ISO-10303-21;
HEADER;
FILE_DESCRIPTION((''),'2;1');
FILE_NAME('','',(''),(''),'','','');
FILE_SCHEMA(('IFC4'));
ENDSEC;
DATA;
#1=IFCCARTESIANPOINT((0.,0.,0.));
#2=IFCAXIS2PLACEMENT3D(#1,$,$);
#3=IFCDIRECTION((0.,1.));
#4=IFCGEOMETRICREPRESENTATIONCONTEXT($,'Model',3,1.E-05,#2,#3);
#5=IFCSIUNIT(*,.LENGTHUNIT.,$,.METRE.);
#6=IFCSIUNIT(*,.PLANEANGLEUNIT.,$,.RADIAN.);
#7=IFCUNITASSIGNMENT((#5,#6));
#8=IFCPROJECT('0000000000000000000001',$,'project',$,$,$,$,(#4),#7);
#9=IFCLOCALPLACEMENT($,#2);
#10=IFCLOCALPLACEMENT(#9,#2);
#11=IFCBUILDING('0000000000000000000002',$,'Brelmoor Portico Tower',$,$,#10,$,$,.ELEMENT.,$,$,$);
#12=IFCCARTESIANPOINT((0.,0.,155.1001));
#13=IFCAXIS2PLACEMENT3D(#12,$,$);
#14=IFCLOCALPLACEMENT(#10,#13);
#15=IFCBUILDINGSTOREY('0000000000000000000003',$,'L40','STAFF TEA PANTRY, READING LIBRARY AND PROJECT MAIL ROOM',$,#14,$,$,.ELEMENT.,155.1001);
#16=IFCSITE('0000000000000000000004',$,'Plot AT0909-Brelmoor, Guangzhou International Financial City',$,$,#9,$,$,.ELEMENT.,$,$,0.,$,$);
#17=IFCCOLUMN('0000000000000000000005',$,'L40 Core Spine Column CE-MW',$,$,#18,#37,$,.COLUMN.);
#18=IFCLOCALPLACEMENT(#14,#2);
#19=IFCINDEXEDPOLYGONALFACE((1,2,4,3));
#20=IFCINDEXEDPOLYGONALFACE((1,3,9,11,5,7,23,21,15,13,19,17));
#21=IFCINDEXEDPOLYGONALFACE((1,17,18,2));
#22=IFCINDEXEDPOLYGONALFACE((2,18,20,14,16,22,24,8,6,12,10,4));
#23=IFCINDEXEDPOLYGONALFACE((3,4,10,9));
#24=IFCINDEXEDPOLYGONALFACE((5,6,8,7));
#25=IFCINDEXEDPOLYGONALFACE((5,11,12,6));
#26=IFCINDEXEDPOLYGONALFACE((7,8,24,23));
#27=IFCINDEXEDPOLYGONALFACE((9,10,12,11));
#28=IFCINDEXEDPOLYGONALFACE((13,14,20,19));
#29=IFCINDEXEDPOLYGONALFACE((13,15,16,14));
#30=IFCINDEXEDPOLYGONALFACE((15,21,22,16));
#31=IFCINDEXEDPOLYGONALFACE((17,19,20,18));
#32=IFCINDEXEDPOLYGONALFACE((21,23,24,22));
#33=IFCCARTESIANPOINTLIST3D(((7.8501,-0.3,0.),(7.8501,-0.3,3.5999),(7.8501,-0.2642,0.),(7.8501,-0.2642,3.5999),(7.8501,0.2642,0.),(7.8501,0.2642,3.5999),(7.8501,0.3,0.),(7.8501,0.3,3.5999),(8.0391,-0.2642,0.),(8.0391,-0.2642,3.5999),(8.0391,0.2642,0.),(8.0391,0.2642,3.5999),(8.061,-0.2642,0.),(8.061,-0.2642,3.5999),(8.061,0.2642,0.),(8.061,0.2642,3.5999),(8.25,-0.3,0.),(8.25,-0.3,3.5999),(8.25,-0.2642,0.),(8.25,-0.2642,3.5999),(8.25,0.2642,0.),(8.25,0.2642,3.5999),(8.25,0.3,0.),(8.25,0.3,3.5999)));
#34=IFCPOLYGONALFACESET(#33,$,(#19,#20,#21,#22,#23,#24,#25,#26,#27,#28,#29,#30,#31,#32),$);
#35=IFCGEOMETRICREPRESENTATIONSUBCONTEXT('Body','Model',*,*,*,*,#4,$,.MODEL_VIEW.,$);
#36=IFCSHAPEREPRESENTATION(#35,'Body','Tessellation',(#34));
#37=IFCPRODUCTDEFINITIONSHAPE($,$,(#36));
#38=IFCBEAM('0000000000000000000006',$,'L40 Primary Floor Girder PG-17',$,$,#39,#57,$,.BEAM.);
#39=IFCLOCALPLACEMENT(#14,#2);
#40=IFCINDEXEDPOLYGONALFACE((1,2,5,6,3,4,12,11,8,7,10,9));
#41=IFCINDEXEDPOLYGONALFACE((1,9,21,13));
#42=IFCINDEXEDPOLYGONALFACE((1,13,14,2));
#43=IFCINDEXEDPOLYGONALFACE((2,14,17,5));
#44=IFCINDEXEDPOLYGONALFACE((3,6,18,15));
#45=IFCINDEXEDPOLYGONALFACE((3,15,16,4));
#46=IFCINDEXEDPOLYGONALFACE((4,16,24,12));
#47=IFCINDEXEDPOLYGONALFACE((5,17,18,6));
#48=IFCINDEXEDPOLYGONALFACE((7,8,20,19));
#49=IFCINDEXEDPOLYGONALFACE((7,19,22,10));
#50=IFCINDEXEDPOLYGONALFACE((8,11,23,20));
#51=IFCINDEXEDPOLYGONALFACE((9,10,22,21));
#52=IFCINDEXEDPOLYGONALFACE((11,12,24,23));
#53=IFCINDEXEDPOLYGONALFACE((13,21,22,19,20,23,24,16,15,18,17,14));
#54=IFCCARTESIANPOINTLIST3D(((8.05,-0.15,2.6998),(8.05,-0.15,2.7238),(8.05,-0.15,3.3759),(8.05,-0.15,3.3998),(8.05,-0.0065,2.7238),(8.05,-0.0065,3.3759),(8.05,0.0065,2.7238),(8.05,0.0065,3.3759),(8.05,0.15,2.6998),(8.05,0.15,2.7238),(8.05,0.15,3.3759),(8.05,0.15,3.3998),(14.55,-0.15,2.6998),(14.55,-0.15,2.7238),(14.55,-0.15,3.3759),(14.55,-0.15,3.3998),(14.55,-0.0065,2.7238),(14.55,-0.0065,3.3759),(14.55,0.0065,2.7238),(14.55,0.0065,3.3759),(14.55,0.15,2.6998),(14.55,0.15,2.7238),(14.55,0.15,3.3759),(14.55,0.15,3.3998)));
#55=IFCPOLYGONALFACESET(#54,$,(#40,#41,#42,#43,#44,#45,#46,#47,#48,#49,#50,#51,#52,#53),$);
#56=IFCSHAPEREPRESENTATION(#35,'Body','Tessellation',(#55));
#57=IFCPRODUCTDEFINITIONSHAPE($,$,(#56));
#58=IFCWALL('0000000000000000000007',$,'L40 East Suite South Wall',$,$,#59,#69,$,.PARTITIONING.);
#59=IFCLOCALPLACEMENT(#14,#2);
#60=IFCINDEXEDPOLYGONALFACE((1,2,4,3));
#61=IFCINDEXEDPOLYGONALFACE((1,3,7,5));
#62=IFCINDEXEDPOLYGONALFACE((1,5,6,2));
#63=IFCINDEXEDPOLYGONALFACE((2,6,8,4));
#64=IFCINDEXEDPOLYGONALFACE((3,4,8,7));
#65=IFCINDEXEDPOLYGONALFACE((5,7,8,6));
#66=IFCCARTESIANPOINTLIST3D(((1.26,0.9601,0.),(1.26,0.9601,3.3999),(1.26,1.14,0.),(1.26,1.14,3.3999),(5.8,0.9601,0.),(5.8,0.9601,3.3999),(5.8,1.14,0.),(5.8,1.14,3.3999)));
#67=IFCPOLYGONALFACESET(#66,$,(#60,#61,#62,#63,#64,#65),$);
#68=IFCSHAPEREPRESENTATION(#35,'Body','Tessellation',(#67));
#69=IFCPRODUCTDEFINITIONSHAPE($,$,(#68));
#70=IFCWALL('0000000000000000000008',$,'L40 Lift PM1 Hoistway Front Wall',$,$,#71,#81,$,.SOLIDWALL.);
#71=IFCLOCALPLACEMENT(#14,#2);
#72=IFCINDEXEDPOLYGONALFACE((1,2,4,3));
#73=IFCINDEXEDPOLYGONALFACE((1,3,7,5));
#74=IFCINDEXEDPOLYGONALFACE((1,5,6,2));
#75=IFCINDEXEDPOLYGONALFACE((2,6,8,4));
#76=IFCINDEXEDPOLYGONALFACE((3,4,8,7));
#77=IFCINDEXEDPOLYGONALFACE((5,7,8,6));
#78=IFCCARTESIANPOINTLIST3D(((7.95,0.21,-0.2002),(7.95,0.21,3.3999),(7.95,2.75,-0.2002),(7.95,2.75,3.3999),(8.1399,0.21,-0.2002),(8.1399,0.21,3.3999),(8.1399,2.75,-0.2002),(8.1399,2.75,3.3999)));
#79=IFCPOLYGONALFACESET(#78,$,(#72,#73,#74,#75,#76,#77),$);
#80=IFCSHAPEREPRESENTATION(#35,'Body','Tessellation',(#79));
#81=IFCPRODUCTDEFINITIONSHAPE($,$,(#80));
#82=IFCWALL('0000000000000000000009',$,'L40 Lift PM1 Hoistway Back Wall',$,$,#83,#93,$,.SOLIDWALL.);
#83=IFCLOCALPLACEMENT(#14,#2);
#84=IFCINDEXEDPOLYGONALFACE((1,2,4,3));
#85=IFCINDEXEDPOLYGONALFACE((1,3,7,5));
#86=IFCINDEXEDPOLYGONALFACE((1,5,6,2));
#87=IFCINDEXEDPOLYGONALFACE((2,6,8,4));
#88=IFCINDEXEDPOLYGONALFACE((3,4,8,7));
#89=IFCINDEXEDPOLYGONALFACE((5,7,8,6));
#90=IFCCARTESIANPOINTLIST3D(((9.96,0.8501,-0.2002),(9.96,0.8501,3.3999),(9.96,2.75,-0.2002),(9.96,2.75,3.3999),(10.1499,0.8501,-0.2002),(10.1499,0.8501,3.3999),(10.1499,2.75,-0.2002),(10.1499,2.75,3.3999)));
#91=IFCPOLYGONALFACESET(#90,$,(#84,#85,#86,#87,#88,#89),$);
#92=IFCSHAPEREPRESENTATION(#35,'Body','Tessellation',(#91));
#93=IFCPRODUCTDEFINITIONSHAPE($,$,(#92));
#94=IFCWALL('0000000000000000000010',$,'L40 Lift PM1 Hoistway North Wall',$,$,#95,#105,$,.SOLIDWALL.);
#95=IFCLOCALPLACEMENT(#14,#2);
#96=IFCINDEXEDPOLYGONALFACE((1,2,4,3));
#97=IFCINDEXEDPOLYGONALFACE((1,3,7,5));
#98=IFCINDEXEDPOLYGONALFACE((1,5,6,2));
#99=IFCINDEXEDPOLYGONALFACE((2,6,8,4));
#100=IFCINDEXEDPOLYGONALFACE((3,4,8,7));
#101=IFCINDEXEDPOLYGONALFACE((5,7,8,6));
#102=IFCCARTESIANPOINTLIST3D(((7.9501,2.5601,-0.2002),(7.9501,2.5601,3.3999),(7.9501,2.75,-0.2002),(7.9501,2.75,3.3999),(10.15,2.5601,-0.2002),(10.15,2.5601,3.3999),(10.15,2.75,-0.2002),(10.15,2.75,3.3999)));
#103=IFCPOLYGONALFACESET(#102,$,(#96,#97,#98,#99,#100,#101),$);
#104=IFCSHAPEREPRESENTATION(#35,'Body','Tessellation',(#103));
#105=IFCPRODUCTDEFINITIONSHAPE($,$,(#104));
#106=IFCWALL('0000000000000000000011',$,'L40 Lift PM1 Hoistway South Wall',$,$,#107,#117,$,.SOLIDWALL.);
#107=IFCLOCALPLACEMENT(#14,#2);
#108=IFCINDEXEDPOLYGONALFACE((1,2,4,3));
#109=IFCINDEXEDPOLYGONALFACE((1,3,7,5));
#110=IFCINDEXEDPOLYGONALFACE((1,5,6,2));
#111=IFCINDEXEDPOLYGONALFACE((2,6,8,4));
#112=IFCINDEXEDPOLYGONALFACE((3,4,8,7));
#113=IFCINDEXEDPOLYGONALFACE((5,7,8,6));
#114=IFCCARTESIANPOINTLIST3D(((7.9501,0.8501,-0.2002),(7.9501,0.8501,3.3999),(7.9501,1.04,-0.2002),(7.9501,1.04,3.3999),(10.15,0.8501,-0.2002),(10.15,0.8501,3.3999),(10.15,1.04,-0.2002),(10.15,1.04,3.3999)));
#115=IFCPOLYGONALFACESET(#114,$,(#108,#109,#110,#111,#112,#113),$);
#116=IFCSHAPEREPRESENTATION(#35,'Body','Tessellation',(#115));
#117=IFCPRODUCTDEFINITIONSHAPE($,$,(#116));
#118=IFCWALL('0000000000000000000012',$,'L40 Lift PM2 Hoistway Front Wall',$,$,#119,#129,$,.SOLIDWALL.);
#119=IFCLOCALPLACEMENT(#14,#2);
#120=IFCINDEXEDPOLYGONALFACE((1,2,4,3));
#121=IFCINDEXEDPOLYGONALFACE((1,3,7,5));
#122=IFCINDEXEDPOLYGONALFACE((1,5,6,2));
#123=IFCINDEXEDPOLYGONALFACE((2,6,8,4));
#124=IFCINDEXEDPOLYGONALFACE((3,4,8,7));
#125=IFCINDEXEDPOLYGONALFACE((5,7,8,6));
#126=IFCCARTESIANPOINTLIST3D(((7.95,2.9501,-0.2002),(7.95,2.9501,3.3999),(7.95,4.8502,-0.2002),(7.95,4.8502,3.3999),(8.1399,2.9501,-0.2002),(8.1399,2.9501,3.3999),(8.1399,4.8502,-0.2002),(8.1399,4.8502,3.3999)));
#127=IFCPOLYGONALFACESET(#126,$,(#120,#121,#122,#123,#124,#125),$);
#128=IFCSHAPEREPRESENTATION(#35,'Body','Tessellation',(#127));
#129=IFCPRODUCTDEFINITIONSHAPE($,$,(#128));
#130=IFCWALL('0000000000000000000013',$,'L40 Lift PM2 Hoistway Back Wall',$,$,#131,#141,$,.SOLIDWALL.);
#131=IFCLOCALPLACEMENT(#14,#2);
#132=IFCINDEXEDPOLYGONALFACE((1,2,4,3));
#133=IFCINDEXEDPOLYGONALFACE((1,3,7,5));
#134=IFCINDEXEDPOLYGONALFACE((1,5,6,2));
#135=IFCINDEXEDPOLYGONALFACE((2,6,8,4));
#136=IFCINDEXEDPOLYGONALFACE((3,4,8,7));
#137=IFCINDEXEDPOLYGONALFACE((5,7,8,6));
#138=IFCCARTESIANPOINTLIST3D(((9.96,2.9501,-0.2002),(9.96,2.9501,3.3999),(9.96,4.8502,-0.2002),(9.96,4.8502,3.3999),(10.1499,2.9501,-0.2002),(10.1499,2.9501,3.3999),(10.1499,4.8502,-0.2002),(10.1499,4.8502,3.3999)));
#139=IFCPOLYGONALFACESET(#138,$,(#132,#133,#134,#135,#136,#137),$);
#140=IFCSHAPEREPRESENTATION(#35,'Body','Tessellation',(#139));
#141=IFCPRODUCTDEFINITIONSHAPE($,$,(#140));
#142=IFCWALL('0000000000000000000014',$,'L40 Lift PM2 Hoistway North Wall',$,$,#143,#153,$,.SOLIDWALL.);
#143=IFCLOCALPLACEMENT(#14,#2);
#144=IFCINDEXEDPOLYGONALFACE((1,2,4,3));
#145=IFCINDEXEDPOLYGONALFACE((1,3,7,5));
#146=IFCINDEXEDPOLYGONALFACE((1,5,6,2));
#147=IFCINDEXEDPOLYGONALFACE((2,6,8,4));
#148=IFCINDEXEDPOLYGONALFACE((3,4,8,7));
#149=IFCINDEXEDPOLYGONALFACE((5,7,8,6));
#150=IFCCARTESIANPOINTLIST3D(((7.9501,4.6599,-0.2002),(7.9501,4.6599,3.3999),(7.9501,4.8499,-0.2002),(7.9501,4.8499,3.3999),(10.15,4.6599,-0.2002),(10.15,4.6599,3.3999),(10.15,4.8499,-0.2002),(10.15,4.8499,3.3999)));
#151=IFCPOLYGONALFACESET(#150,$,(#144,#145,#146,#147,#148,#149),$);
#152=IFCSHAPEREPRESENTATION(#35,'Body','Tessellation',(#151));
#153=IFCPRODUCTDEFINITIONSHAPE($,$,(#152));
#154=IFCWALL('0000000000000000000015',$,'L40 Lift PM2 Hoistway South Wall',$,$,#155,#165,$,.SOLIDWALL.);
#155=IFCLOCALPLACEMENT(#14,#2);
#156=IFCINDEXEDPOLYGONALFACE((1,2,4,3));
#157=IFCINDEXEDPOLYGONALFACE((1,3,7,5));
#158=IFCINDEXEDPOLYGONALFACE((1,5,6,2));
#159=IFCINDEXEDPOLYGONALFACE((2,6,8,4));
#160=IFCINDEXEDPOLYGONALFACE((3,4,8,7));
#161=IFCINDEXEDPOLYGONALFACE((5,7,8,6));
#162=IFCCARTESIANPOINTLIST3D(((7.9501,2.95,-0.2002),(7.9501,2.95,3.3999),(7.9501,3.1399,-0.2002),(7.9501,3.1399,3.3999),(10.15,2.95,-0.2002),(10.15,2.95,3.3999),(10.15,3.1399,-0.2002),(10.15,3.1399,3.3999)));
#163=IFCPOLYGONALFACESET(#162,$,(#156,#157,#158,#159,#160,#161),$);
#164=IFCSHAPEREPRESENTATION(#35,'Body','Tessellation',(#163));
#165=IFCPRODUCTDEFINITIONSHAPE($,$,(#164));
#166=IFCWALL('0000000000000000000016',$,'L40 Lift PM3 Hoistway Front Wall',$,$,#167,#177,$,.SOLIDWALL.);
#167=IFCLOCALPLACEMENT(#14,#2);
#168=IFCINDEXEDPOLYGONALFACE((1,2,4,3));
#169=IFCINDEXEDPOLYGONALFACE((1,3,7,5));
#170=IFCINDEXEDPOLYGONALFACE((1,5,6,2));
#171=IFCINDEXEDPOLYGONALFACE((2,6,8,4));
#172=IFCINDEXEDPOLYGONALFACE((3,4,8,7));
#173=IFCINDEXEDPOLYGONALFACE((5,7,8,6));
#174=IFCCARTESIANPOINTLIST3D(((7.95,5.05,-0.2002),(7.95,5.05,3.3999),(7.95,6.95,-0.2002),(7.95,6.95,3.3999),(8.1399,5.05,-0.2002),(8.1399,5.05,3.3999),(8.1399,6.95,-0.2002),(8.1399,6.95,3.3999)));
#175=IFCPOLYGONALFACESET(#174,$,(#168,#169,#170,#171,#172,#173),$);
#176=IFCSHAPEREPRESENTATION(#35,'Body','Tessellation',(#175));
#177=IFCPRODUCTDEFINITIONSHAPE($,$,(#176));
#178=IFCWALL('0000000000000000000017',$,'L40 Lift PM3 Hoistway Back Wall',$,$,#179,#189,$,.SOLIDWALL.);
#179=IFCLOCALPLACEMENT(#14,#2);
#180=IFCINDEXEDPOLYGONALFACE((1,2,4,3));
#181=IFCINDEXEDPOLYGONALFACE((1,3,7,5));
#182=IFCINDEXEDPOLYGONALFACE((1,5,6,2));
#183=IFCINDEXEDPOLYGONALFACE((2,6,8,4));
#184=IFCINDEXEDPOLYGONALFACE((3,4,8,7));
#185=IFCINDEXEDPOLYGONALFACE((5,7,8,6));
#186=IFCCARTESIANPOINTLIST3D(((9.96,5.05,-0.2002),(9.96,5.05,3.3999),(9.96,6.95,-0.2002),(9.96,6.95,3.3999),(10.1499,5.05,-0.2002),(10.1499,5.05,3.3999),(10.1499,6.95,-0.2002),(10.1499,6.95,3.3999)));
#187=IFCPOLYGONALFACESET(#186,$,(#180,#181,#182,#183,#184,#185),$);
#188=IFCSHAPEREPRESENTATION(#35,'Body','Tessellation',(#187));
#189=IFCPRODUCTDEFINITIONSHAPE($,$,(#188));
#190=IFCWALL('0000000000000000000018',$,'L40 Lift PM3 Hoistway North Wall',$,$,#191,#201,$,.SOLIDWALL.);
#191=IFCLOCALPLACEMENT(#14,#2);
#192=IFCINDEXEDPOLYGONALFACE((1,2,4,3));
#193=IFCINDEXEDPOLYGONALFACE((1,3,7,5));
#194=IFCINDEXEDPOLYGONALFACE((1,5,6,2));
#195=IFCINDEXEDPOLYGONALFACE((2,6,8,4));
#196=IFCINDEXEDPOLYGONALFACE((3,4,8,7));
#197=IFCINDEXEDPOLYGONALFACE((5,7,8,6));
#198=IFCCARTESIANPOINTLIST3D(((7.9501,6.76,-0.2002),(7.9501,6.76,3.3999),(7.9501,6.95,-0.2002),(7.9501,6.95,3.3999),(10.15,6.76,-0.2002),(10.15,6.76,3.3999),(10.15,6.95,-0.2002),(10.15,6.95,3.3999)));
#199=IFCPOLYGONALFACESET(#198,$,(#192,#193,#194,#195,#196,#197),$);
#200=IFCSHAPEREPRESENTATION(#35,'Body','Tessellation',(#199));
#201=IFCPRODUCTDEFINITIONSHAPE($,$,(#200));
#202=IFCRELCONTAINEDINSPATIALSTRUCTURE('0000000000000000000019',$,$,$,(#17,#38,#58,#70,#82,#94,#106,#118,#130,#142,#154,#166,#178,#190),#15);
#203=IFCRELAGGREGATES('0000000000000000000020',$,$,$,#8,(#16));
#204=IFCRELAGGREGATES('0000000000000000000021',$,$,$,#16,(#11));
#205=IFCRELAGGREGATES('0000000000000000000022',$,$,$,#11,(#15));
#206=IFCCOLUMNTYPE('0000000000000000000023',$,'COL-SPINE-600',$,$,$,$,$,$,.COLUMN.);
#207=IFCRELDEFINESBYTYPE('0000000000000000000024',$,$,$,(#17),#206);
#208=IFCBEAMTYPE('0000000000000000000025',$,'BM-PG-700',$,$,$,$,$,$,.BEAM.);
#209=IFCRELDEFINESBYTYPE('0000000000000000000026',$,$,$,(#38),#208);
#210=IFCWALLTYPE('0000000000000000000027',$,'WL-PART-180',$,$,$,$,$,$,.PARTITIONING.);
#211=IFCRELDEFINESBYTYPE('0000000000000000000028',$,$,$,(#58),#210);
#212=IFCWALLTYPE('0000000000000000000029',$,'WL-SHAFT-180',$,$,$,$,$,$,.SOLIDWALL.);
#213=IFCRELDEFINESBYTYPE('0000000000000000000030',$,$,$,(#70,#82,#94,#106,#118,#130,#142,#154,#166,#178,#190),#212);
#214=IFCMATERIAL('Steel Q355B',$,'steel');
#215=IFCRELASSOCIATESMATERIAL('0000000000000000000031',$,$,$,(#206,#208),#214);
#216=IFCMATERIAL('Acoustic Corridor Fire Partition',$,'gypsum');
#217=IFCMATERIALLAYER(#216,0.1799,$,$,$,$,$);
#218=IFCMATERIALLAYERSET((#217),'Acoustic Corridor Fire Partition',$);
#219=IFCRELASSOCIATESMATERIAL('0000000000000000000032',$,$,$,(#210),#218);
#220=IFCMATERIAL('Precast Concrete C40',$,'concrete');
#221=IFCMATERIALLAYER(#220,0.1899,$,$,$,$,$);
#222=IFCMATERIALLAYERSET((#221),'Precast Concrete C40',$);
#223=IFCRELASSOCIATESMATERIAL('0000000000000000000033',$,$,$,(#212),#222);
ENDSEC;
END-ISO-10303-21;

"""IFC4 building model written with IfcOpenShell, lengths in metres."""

from ifc_helpers import new_model, si_unit, direction, frame, frame_2d, origin, origin_2d, place, context, subcontext, project, spatial, rectangle, i_section, extrude, material, layer, layer_set, material_profile, profile_set, type_object, element, save


model = new_model("IFC4")

# Units and contexts
model_context = context("Model", 3, precision=1e-05, world=origin(), true_north=direction((0.0, 1.0)))
body_context = subcontext(model_context, "Body", "Model", "MODEL_VIEW")
ifc_project = project(units=[si_unit("LENGTHUNIT", "METRE"), si_unit("PLANEANGLEUNIT", "RADIAN")], contexts=[model_context])

# Site, building, storey
site_placement = place(None, origin())
site = spatial("IfcSite", under=ifc_project, at=site_placement, Name="Plot AT0909-Brelmoor, Guangzhou International Financial City", CompositionType="ELEMENT", RefElevation=0.0)
building_placement = place(site_placement, origin())
building = spatial("IfcBuilding", under=site, at=building_placement, Name="Brelmoor Portico Tower", CompositionType="ELEMENT")
storey_placement = place(building_placement, frame((0.0, 0.0, 155.1001)))
storey = spatial("IfcBuildingStorey", under=building, at=storey_placement, Name="L40", Description="STAFF TEA PANTRY, READING LIBRARY AND PROJECT MAIL ROOM", CompositionType="ELEMENT", Elevation=155.1001)

# Column
ifc_material_1 = material(Name="Steel Q355B", Category="steel")
ifc_material_profile_1 = material_profile(ifc_material_1, i_section(OverallWidth=0.3999, OverallDepth=0.6001, WebThickness=0.022, FlangeThickness=0.0359, at=origin_2d()), Name="HW 600x400x22x36")
ifc_profile_set_1 = profile_set([ifc_material_profile_1], Name="Steel Q355B")
column_type = type_object("IfcColumnType", Name="COL-SPINE-600", PredefinedType="COLUMN", material=ifc_profile_set_1)
column_placement = place(storey_placement, frame((8.05, 0.0, 0.0), z_axis=(0.0, 0.0, 1.0), x_axis=(1.0, 0.0, 0.0)))
element("IfcColumn", 1, at=column_placement, inside=storey, type_object=column_type, Name="L40 Core Spine Column CE-MW", PredefinedType="COLUMN", context=body_context, shape_type="SweptSolid", body=[
    extrude(i_section(OverallWidth=0.3999, OverallDepth=0.6001, WebThickness=0.022, FlangeThickness=0.0359, at=origin_2d()), origin(), (0.0, 0.0, 1.0), 3.5999),
])

# Beam
ifc_material_profile_2 = material_profile(ifc_material_1, i_section(OverallWidth=0.3, OverallDepth=0.7, WebThickness=0.0129, FlangeThickness=0.0239, at=origin_2d()), Name="HN 700x300x13x24")
ifc_profile_set_2 = profile_set([ifc_material_profile_2], Name="Steel Q355B")
beam_type = type_object("IfcBeamType", Name="BM-PG-700", PredefinedType="BEAM", material=ifc_profile_set_2)
beam_placement = place(storey_placement, frame((8.05, 0.0, 3.0498), z_axis=(1.0, 0.0, 0.0), x_axis=(0.0, 1.0, 0.0)))
element("IfcBeam", 2, at=beam_placement, inside=storey, type_object=beam_type, Name="L40 Primary Floor Girder PG-17", PredefinedType="BEAM", context=body_context, shape_type="SweptSolid", body=[
    extrude(i_section(OverallWidth=0.3, OverallDepth=0.7, WebThickness=0.0129, FlangeThickness=0.0239, at=origin_2d()), origin(), (0.0, 0.0, 1.0), 6.5),
])

# Walls
ifc_material_2 = material(Name="Acoustic Corridor Fire Partition", Category="gypsum")
ifc_layer_1 = layer(ifc_material_2, 0.1799)
ifc_layer_set_1 = layer_set([ifc_layer_1], Name="Acoustic Corridor Fire Partition")
wall_type_1 = type_object("IfcWallType", Name="WL-PART-180", PredefinedType="PARTITIONING", material=ifc_layer_set_1)
wall_1_placement = place(storey_placement, frame((1.26, 1.05, 0.0), z_axis=(0.0, 0.0, 1.0), x_axis=(1.0, 0.0, 0.0)))
element("IfcWall", 3, at=wall_1_placement, inside=storey, type_object=wall_type_1, Name="L40 East Suite South Wall", PredefinedType="PARTITIONING", context=body_context, shape_type="SweptSolid", body=[
    extrude(rectangle(XDim=4.54, YDim=0.1799, at=frame_2d((2.27, 0.0))), origin(), (0.0, 0.0, 1.0), 3.3999),
])
ifc_material_3 = material(Name="Precast Concrete C40", Category="concrete")
ifc_layer_2 = layer(ifc_material_3, 0.1899)
ifc_layer_set_2 = layer_set([ifc_layer_2], Name="Precast Concrete C40")
wall_type_2 = type_object("IfcWallType", Name="WL-SHAFT-180", PredefinedType="SOLIDWALL", material=ifc_layer_set_2)
wall_2_placement = place(storey_placement, frame((8.0449, 0.21, -0.2002), z_axis=(0.0, 0.0, 1.0), x_axis=(0.0, 1.0, 0.0)))
element("IfcWall", 4, at=wall_2_placement, inside=storey, type_object=wall_type_2, Name="L40 Lift PM1 Hoistway Front Wall", PredefinedType="SOLIDWALL", context=body_context, shape_type="SweptSolid", body=[
    extrude(rectangle(XDim=2.54, YDim=0.1899, at=frame_2d((1.27, 0.0))), origin(), (0.0, 0.0, 1.0), 3.6001),
])
wall_3_placement = place(storey_placement, frame((10.0549, 0.8501, -0.2002), z_axis=(0.0, 0.0, 1.0), x_axis=(0.0, 1.0, 0.0)))
element("IfcWall", 5, at=wall_3_placement, inside=storey, type_object=wall_type_2, Name="L40 Lift PM1 Hoistway Back Wall", PredefinedType="SOLIDWALL", context=body_context, shape_type="SweptSolid", body=[
    extrude(rectangle(XDim=1.8999, YDim=0.1899, at=frame_2d((0.95, 0.0))), origin(), (0.0, 0.0, 1.0), 3.6001),
])
for number, where, z_axis, x_axis, name in (
    (6, (7.95, 2.655, -0.2002), (0.0, 0.0, 1.0), (1.0, 0.0, 0.0), "L40 Lift PM1 Hoistway North Wall"),
    (7, (7.95, 0.9451, -0.2002), (0.0, 0.0, 1.0), (1.0, 0.0, 0.0), "L40 Lift PM1 Hoistway South Wall"),
):
    element("IfcWall", number, at=place(storey_placement, frame(where, z_axis=z_axis, x_axis=x_axis)), inside=storey, type_object=wall_type_2, Name=name, PredefinedType="SOLIDWALL", context=body_context, shape_type="SweptSolid", body=[
        extrude(rectangle(XDim=2.2, YDim=0.1899, at=frame_2d((1.1001, 0.0))), origin(), (0.0, 0.0, 1.0), 3.6001),
    ])
for number, where, z_axis, x_axis, name in (
    (8, (8.0449, 2.95, -0.2002), (0.0, 0.0, 1.0), (0.0, 1.0, 0.0), "L40 Lift PM2 Hoistway Front Wall"),
    (9, (10.0549, 2.95, -0.2002), (0.0, 0.0, 1.0), (0.0, 1.0, 0.0), "L40 Lift PM2 Hoistway Back Wall"),
):
    element("IfcWall", number, at=place(storey_placement, frame(where, z_axis=z_axis, x_axis=x_axis)), inside=storey, type_object=wall_type_2, Name=name, PredefinedType="SOLIDWALL", context=body_context, shape_type="SweptSolid", body=[
        extrude(rectangle(XDim=1.9001, YDim=0.1899, at=frame_2d((0.9502, 0.0))), origin(), (0.0, 0.0, 1.0), 3.6001),
    ])
for number, where, z_axis, x_axis, name in (
    (10, (7.95, 4.7549, -0.2002), (0.0, 0.0, 1.0), (1.0, 0.0, 0.0), "L40 Lift PM2 Hoistway North Wall"),
    (11, (7.95, 3.0449, -0.2002), (0.0, 0.0, 1.0), (1.0, 0.0, 0.0), "L40 Lift PM2 Hoistway South Wall"),
):
    element("IfcWall", number, at=place(storey_placement, frame(where, z_axis=z_axis, x_axis=x_axis)), inside=storey, type_object=wall_type_2, Name=name, PredefinedType="SOLIDWALL", context=body_context, shape_type="SweptSolid", body=[
        extrude(rectangle(XDim=2.2, YDim=0.1899, at=frame_2d((1.1001, 0.0))), origin(), (0.0, 0.0, 1.0), 3.6001),
    ])
for number, where, z_axis, x_axis, name in (
    (12, (8.0449, 5.05, -0.2002), (0.0, 0.0, 1.0), (0.0, 1.0, 0.0), "L40 Lift PM3 Hoistway Front Wall"),
    (13, (10.0549, 5.05, -0.2002), (0.0, 0.0, 1.0), (0.0, 1.0, 0.0), "L40 Lift PM3 Hoistway Back Wall"),
):
    element("IfcWall", number, at=place(storey_placement, frame(where, z_axis=z_axis, x_axis=x_axis)), inside=storey, type_object=wall_type_2, Name=name, PredefinedType="SOLIDWALL", context=body_context, shape_type="SweptSolid", body=[
        extrude(rectangle(XDim=1.8999, YDim=0.1899, at=frame_2d((0.95, 0.0))), origin(), (0.0, 0.0, 1.0), 3.6001),
    ])
for number, where, z_axis, x_axis, name in (
    (14, (7.95, 6.855, -0.2002), (0.0, 0.0, 1.0), (1.0, 0.0, 0.0), "L40 Lift PM3 Hoistway North Wall"),
):
    element("IfcWall", number, at=place(storey_placement, frame(where, z_axis=z_axis, x_axis=x_axis)), inside=storey, type_object=wall_type_2, Name=name, PredefinedType="SOLIDWALL", context=body_context, shape_type="SweptSolid", body=[
        extrude(rectangle(XDim=2.2, YDim=0.1899, at=frame_2d((1.1001, 0.0))), origin(), (0.0, 0.0, 1.0), 3.6001),
    ])

save(model, "model.ifc")
